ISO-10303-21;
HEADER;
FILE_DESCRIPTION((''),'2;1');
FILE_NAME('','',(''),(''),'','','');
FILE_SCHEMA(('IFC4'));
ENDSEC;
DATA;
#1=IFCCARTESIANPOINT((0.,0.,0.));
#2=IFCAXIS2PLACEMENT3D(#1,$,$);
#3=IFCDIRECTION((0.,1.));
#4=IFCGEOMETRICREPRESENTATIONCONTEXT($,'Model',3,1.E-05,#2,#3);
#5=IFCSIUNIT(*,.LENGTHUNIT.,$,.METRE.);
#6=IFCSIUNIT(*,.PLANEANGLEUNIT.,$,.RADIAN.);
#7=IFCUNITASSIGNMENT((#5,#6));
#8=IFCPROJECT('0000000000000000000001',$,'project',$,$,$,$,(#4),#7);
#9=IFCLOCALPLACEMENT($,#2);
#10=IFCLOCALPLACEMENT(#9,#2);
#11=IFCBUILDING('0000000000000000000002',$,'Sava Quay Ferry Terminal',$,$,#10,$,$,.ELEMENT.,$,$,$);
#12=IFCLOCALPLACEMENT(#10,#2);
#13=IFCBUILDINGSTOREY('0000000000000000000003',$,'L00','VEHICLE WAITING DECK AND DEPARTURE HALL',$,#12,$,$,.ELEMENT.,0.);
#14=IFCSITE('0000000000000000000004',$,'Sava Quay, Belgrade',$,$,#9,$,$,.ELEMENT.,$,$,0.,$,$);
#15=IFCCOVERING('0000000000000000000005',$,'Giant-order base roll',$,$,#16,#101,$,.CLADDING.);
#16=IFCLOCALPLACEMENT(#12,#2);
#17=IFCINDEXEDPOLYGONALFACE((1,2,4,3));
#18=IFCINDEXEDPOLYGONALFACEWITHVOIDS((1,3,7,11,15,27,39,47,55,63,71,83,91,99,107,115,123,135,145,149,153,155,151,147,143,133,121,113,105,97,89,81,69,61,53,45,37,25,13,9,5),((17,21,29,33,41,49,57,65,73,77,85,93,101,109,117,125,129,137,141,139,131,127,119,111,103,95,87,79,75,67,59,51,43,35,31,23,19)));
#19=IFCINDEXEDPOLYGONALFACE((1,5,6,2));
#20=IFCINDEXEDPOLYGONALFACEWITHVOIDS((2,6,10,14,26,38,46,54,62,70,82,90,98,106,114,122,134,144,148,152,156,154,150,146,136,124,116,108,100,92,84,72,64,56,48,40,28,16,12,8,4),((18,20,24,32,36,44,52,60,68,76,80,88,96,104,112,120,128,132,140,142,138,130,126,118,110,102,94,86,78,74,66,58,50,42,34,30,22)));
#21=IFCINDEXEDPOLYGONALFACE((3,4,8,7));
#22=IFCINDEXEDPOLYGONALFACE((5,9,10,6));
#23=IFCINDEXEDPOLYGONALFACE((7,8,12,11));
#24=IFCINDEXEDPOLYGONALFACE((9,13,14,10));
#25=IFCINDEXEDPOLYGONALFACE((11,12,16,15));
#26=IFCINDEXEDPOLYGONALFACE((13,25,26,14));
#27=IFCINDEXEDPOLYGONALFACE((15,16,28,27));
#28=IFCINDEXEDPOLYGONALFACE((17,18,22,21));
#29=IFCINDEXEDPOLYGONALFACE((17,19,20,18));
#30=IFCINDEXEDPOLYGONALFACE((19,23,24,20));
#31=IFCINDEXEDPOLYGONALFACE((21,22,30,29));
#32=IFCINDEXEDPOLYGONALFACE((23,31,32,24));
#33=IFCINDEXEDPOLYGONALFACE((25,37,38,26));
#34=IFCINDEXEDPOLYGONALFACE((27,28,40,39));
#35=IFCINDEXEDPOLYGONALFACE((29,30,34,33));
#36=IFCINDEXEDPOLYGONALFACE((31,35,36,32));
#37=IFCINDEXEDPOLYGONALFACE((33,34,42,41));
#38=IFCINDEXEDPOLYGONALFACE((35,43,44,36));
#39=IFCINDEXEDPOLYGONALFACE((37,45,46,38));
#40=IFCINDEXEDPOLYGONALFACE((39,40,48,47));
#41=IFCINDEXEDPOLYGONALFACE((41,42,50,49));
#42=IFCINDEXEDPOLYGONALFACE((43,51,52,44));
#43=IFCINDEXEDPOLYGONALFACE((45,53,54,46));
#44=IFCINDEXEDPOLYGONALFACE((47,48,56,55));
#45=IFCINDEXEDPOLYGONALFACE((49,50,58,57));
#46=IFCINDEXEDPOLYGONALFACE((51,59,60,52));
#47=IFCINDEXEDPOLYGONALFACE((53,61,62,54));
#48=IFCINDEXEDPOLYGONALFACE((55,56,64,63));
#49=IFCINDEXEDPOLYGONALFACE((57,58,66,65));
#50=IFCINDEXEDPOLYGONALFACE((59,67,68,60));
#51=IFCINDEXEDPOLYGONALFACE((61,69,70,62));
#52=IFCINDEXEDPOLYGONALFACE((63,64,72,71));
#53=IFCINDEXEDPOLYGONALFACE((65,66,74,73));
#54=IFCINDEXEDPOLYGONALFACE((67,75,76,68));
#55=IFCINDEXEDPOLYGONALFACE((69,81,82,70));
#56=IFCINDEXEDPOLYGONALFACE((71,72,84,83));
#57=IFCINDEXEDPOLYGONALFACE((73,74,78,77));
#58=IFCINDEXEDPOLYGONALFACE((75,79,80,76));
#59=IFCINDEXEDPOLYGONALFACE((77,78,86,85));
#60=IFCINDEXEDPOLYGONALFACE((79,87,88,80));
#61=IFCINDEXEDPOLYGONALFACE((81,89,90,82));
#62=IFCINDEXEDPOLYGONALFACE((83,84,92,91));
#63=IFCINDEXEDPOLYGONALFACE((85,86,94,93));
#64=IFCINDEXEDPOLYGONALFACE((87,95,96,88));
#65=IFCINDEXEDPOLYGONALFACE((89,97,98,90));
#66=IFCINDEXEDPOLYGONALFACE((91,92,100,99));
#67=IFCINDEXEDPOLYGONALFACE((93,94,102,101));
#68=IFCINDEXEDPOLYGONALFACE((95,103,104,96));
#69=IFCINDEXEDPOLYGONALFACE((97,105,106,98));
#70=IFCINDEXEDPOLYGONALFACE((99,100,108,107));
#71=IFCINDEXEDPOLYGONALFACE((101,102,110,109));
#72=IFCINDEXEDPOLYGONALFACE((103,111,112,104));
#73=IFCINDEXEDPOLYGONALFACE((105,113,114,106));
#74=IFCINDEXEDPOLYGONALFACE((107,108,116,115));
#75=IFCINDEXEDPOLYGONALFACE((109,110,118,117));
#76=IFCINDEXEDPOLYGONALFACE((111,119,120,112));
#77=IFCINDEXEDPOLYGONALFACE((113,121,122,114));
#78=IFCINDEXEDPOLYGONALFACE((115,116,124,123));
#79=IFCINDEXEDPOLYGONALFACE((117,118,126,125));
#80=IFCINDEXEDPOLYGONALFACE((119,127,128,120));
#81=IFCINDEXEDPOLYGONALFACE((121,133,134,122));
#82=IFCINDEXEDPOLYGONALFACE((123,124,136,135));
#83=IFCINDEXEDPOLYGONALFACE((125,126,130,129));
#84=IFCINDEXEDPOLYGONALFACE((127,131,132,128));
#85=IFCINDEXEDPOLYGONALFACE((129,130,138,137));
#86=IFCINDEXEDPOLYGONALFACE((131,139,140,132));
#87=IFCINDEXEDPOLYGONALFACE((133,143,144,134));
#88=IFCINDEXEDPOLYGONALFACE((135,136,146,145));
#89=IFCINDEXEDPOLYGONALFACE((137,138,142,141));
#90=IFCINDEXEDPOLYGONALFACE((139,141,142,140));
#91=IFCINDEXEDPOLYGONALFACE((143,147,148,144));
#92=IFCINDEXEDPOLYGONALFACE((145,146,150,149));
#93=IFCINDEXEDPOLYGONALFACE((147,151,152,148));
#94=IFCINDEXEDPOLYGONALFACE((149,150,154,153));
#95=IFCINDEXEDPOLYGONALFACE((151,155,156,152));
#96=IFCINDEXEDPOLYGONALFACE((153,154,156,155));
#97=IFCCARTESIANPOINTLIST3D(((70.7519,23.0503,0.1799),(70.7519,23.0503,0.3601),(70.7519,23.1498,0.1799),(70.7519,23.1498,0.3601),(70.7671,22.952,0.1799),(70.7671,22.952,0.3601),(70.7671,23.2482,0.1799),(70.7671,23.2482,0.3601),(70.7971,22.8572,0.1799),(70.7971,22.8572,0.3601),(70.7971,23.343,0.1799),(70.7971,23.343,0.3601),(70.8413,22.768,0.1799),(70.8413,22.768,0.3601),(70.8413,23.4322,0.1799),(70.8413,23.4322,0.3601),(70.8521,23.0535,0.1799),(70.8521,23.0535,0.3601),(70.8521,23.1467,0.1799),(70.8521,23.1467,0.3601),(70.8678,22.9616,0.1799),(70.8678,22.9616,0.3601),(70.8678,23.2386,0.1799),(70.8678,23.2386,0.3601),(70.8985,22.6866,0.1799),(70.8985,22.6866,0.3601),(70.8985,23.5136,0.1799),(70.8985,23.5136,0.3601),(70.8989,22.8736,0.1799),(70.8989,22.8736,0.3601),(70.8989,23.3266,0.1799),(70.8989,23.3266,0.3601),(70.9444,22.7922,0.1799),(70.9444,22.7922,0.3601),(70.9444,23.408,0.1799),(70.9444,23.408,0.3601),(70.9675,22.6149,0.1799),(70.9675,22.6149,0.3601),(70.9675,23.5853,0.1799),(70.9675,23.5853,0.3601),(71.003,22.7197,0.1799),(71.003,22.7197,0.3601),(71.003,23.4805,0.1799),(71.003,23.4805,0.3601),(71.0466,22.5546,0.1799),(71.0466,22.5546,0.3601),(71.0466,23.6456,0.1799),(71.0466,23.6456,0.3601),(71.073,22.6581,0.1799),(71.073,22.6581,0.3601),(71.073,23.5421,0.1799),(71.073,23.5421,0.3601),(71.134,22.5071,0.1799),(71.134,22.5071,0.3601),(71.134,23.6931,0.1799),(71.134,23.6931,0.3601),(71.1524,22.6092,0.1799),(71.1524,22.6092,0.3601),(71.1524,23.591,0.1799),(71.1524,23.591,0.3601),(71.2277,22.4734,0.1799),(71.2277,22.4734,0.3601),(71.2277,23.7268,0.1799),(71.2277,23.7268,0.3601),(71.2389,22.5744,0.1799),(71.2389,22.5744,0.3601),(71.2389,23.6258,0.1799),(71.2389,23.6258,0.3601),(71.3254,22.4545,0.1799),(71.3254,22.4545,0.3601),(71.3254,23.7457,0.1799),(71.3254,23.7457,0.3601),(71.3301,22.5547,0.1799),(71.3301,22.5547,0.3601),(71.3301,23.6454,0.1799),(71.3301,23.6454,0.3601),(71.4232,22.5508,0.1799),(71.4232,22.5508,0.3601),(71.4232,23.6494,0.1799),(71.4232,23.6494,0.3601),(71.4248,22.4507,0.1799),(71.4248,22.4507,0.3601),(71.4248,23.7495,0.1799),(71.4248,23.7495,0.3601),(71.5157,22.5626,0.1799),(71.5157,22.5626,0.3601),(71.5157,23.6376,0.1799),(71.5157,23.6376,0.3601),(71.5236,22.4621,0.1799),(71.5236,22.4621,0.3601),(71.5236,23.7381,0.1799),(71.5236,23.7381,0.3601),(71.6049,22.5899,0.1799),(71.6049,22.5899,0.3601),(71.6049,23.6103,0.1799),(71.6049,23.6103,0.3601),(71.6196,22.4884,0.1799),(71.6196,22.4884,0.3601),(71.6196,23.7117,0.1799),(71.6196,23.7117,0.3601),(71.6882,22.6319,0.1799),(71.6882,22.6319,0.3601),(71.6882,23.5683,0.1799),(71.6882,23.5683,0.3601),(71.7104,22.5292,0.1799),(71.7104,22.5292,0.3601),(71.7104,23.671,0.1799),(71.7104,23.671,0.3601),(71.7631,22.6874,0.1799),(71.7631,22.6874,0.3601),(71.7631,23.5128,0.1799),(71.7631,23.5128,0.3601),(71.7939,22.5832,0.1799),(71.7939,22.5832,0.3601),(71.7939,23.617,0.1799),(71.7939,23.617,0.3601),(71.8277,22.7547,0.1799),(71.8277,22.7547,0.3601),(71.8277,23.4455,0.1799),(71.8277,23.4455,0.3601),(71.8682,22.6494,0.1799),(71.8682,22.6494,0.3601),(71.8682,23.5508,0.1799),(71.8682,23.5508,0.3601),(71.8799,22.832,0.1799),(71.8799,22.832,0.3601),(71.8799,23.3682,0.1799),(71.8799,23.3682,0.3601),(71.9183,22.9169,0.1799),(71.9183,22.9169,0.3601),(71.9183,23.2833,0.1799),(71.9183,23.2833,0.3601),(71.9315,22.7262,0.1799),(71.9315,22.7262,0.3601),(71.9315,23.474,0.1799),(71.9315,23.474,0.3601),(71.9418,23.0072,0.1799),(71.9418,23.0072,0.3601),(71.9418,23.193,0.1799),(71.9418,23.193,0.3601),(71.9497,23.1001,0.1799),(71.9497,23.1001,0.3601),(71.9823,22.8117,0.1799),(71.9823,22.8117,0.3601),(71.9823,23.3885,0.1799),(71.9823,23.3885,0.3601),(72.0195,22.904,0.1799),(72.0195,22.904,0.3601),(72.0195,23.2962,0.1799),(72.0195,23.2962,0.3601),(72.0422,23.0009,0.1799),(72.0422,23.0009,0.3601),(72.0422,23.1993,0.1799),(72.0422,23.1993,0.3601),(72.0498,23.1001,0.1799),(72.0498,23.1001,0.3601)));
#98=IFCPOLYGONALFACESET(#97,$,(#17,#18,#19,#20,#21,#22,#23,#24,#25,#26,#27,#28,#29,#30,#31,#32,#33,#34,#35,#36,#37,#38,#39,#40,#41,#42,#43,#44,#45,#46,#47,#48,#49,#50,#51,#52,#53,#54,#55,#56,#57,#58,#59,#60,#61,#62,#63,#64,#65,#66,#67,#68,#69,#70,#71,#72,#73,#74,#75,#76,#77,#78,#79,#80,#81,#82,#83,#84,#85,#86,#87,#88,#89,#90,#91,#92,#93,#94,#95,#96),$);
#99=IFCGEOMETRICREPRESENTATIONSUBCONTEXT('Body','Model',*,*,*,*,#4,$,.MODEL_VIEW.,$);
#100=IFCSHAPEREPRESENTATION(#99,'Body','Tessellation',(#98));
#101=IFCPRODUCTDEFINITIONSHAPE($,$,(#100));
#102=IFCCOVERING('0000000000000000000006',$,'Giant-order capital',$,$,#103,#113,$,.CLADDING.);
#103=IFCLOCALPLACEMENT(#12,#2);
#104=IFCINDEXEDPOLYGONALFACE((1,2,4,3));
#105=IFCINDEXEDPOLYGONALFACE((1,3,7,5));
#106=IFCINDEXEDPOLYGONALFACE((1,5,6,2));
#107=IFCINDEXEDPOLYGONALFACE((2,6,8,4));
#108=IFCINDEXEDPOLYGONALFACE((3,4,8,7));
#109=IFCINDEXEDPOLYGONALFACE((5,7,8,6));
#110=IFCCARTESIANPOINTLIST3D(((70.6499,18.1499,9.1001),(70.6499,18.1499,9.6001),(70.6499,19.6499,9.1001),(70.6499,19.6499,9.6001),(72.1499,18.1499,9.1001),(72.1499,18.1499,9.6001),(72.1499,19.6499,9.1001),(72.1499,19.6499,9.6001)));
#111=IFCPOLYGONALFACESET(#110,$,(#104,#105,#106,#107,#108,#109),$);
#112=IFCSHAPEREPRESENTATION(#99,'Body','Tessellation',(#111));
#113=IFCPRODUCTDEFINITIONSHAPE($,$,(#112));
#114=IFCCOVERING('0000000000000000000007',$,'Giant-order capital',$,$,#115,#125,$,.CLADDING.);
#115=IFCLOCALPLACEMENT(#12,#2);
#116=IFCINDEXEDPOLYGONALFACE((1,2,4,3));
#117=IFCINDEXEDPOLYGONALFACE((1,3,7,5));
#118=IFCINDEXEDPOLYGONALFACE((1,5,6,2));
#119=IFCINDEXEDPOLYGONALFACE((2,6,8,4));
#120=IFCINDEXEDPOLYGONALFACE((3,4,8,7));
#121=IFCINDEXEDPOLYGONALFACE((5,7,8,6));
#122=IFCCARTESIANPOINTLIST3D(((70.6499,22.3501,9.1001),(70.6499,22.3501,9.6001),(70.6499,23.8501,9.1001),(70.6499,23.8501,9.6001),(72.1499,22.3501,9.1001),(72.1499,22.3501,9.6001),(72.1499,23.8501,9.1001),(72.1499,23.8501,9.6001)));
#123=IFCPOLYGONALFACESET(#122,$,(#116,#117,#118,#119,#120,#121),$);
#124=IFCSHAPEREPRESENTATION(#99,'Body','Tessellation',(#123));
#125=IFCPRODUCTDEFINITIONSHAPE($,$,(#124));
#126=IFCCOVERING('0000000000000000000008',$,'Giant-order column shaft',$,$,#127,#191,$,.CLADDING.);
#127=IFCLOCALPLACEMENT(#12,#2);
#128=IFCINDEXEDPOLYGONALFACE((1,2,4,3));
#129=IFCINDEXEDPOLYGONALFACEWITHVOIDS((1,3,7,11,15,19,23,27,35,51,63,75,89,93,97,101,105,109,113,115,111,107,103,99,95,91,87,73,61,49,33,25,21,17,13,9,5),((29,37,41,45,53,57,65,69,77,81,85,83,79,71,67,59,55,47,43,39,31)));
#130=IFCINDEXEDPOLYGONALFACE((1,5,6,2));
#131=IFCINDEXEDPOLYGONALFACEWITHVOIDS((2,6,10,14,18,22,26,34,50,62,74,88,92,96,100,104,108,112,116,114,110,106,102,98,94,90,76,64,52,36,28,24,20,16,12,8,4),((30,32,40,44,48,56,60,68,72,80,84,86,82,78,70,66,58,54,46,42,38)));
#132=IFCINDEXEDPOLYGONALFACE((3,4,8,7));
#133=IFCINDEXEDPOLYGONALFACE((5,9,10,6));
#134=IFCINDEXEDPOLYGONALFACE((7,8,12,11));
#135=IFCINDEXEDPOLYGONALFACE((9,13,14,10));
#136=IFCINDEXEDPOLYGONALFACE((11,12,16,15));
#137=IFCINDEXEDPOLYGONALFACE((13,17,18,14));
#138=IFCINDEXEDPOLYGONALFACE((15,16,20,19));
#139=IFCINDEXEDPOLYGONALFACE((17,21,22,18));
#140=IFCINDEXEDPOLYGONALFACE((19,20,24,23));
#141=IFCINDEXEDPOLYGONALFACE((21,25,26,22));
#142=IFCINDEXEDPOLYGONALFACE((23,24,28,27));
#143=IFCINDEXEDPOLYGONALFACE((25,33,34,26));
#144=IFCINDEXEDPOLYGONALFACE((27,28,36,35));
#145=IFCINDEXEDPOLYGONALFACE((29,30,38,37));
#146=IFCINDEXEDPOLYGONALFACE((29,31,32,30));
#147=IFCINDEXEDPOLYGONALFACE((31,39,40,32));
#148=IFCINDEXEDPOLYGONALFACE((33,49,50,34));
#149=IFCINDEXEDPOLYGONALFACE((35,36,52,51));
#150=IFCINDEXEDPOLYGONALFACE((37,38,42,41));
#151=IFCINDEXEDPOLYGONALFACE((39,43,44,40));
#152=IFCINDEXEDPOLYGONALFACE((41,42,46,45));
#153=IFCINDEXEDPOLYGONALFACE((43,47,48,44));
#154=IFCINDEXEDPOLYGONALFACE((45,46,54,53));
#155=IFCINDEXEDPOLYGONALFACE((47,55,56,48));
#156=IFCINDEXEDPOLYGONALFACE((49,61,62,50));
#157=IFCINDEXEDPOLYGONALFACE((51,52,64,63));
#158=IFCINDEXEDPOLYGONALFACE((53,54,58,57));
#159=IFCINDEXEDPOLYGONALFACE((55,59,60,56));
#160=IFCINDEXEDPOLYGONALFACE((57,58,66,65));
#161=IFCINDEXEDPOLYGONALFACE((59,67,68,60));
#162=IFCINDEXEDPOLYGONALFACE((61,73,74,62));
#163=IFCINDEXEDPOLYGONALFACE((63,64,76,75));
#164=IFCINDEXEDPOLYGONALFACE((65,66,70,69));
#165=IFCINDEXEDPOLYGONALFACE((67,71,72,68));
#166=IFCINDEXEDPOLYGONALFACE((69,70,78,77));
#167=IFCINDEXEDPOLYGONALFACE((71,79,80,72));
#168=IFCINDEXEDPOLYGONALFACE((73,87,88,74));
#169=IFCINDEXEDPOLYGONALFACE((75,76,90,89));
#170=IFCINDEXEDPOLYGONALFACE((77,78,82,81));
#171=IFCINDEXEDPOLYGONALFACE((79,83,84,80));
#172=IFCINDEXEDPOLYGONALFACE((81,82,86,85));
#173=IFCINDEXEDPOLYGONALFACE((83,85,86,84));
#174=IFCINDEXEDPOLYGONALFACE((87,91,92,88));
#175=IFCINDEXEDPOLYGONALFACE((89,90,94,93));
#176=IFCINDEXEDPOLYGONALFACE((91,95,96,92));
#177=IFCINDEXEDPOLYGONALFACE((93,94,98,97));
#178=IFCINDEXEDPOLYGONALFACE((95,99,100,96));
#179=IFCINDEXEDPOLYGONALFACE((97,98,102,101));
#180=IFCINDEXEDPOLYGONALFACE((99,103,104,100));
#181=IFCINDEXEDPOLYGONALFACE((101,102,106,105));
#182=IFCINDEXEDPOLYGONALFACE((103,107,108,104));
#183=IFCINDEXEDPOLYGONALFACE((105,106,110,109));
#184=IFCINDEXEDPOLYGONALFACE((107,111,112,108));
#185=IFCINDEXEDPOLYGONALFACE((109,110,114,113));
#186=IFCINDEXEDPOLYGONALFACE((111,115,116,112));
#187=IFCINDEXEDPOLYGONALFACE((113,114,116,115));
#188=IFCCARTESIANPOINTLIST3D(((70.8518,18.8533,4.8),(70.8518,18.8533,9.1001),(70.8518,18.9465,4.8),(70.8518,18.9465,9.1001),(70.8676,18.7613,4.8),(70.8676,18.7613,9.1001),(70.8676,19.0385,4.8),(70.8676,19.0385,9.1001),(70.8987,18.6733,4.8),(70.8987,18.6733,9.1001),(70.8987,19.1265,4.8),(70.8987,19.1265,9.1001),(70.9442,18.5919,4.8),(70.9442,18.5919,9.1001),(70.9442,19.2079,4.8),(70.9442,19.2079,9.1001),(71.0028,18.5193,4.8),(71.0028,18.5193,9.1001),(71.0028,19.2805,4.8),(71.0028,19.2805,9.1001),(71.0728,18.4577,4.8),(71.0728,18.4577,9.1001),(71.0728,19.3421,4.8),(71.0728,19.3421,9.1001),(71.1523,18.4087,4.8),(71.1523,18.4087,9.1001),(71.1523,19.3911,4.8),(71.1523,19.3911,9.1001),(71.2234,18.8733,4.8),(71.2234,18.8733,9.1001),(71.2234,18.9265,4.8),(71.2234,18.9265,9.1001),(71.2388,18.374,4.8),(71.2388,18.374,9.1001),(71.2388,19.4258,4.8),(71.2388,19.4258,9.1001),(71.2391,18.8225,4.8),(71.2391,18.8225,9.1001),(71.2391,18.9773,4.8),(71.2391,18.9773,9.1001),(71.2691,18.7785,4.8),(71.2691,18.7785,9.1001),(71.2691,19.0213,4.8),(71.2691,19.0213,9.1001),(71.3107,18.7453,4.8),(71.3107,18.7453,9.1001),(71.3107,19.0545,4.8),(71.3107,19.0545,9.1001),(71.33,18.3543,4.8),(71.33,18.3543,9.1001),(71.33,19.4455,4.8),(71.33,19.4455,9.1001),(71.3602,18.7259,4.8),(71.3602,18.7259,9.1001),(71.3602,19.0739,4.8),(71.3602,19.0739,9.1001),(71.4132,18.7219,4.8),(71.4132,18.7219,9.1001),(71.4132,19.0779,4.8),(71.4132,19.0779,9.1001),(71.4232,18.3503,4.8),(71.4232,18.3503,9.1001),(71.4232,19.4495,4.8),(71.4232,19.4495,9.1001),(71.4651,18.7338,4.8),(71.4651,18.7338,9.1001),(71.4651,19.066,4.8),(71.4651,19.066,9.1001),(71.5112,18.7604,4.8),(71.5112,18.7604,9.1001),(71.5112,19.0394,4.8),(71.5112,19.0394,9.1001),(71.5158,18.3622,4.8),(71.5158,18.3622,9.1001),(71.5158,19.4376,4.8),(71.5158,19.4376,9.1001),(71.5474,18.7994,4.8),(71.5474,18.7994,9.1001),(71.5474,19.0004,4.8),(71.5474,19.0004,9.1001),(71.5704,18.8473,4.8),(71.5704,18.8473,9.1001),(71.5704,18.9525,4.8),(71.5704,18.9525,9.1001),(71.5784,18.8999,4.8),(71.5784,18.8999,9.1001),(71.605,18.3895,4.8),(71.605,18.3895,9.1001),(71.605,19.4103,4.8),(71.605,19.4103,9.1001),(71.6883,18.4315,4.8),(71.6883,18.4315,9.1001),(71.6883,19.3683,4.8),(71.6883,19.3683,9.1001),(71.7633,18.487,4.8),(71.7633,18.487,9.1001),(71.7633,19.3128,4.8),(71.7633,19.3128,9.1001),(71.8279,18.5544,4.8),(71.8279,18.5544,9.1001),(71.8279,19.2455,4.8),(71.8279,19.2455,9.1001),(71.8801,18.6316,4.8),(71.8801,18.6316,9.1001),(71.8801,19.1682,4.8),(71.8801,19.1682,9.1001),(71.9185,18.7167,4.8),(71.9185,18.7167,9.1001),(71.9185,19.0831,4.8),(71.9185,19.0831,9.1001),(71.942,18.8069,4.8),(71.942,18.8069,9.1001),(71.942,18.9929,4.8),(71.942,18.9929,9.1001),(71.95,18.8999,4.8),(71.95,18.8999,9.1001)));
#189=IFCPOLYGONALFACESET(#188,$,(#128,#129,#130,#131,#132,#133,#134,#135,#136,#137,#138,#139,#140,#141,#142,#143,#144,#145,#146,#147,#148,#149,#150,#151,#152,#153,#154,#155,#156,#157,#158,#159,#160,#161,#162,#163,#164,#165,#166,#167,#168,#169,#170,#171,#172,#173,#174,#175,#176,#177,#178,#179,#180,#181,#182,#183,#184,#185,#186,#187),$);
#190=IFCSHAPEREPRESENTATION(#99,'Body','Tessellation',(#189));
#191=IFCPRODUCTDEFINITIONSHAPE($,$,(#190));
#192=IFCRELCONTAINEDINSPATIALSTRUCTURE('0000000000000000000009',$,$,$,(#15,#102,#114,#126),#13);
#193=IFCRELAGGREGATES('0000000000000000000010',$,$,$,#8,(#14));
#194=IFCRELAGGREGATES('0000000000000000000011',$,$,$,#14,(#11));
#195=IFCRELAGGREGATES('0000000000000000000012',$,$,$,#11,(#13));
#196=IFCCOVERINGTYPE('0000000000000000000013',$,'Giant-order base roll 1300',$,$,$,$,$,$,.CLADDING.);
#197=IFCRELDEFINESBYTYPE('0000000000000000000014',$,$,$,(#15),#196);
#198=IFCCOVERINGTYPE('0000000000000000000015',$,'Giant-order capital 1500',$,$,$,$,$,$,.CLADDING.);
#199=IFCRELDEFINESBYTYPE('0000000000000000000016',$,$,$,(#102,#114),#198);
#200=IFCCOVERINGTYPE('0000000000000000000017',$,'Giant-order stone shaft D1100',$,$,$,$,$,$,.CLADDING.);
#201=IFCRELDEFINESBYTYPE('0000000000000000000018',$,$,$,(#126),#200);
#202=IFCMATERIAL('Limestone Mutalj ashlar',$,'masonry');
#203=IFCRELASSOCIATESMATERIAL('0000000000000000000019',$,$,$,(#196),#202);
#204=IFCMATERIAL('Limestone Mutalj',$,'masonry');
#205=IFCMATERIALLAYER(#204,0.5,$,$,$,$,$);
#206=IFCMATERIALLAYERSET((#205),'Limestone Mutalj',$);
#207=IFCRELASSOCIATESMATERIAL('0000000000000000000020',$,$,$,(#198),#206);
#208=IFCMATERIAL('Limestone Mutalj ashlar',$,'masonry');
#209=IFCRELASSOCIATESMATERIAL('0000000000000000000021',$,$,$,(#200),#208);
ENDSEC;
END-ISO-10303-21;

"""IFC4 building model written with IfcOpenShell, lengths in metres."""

from ifc_helpers import new_model, si_unit, direction, frame, origin, origin_2d, place, context, subcontext, project, spatial, rectangle, hollow_circle, extrude, material, layer, layer_set, material_profile, profile_set, type_object, element, save


model = new_model("IFC4")

# Units and contexts
model_context = context("Model", 3, precision=1e-05, world=origin(), true_north=direction((0.0, 1.0)))
body_context = subcontext(model_context, "Body", "Model", "MODEL_VIEW")
ifc_project = project(units=[si_unit("LENGTHUNIT", "METRE"), si_unit("PLANEANGLEUNIT", "RADIAN")], contexts=[model_context])

# Site, building, storey
site_placement = place(None, origin())
site = spatial("IfcSite", under=ifc_project, at=site_placement, Name="Sava Quay, Belgrade", CompositionType="ELEMENT", RefElevation=0.0)
building_placement = place(site_placement, origin())
building = spatial("IfcBuilding", under=site, at=building_placement, Name="Sava Quay Ferry Terminal", CompositionType="ELEMENT")
storey_placement = place(building_placement, origin())
storey = spatial("IfcBuildingStorey", under=building, at=storey_placement, Name="L00", Description="VEHICLE WAITING DECK AND DEPARTURE HALL", CompositionType="ELEMENT", Elevation=0.0)

# Coverings
ifc_material_1 = material(Name="Limestone Mutalj ashlar", Category="masonry")
ifc_material_profile_1 = material_profile(ifc_material_1, hollow_circle(Radius=0.6499, WallThickness=0.1001, at=origin_2d()), Name="Base roll 1300")
ifc_profile_set_1 = profile_set([ifc_material_profile_1], Name="Limestone Mutalj ashlar")
covering_type_1 = type_object("IfcCoveringType", Name="Giant-order base roll 1300", PredefinedType="CLADDING", material=ifc_profile_set_1)
for number, where, z_axis, x_axis, name in (
    (1, (71.3999, 23.1001, 0.1799), (0.0, 0.0, 1.0), (1.0, 0.0, 0.0), "Giant-order base roll"),
):
    element("IfcCovering", number, at=place(storey_placement, frame(where, z_axis=z_axis, x_axis=x_axis)), inside=storey, type_object=covering_type_1, Name=name, PredefinedType="CLADDING", context=body_context, shape_type="SweptSolid", body=[
        extrude(hollow_circle(Radius=0.6499, WallThickness=0.1001, at=origin_2d()), origin(), (0.0, 0.0, 1.0), 0.1802),
    ])
ifc_material_2 = material(Name="Limestone Mutalj", Category="masonry")
ifc_layer_1 = layer(ifc_material_2, 0.5)
ifc_layer_set_1 = layer_set([ifc_layer_1], Name="Limestone Mutalj")
covering_type_2 = type_object("IfcCoveringType", Name="Giant-order capital 1500", PredefinedType="CLADDING", material=ifc_layer_set_1)
for number, where, z_axis, x_axis, name in (
    (2, (71.3999, 18.8999, 9.1001), (0.0, 0.0, 1.0), (1.0, 0.0, 0.0), "Giant-order capital"),
    (3, (71.3999, 23.1001, 9.1001), (0.0, 0.0, 1.0), (1.0, 0.0, 0.0), "Giant-order capital"),
):
    element("IfcCovering", number, at=place(storey_placement, frame(where, z_axis=z_axis, x_axis=x_axis)), inside=storey, type_object=covering_type_2, Name=name, PredefinedType="CLADDING", context=body_context, shape_type="SweptSolid", body=[
        extrude(rectangle(XDim=1.5, YDim=1.5, at=origin_2d()), origin(), (0.0, 0.0, 1.0), 0.5),
    ])
ifc_material_3 = material(Name="Limestone Mutalj ashlar", Category="masonry")
ifc_material_profile_2 = material_profile(ifc_material_3, hollow_circle(Radius=0.55, WallThickness=0.3716, at=origin_2d()), Name="Stone shaft D1100")
ifc_profile_set_2 = profile_set([ifc_material_profile_2], Name="Limestone Mutalj ashlar")
covering_type_3 = type_object("IfcCoveringType", Name="Giant-order stone shaft D1100", PredefinedType="CLADDING", material=ifc_profile_set_2)
covering_1_placement = place(storey_placement, frame((71.3999, 18.8999, 4.8), z_axis=(0.0, 0.0, 1.0), x_axis=(1.0, 0.0, 0.0)))
element("IfcCovering", 4, at=covering_1_placement, inside=storey, type_object=covering_type_3, Name="Giant-order column shaft", PredefinedType="CLADDING", context=body_context, shape_type="SweptSolid", body=[
    extrude(hollow_circle(Radius=0.55, WallThickness=0.3716, at=origin_2d()), origin(), (0.0, 0.0, 1.0), 4.3),
])

save(model, "model.ifc")
